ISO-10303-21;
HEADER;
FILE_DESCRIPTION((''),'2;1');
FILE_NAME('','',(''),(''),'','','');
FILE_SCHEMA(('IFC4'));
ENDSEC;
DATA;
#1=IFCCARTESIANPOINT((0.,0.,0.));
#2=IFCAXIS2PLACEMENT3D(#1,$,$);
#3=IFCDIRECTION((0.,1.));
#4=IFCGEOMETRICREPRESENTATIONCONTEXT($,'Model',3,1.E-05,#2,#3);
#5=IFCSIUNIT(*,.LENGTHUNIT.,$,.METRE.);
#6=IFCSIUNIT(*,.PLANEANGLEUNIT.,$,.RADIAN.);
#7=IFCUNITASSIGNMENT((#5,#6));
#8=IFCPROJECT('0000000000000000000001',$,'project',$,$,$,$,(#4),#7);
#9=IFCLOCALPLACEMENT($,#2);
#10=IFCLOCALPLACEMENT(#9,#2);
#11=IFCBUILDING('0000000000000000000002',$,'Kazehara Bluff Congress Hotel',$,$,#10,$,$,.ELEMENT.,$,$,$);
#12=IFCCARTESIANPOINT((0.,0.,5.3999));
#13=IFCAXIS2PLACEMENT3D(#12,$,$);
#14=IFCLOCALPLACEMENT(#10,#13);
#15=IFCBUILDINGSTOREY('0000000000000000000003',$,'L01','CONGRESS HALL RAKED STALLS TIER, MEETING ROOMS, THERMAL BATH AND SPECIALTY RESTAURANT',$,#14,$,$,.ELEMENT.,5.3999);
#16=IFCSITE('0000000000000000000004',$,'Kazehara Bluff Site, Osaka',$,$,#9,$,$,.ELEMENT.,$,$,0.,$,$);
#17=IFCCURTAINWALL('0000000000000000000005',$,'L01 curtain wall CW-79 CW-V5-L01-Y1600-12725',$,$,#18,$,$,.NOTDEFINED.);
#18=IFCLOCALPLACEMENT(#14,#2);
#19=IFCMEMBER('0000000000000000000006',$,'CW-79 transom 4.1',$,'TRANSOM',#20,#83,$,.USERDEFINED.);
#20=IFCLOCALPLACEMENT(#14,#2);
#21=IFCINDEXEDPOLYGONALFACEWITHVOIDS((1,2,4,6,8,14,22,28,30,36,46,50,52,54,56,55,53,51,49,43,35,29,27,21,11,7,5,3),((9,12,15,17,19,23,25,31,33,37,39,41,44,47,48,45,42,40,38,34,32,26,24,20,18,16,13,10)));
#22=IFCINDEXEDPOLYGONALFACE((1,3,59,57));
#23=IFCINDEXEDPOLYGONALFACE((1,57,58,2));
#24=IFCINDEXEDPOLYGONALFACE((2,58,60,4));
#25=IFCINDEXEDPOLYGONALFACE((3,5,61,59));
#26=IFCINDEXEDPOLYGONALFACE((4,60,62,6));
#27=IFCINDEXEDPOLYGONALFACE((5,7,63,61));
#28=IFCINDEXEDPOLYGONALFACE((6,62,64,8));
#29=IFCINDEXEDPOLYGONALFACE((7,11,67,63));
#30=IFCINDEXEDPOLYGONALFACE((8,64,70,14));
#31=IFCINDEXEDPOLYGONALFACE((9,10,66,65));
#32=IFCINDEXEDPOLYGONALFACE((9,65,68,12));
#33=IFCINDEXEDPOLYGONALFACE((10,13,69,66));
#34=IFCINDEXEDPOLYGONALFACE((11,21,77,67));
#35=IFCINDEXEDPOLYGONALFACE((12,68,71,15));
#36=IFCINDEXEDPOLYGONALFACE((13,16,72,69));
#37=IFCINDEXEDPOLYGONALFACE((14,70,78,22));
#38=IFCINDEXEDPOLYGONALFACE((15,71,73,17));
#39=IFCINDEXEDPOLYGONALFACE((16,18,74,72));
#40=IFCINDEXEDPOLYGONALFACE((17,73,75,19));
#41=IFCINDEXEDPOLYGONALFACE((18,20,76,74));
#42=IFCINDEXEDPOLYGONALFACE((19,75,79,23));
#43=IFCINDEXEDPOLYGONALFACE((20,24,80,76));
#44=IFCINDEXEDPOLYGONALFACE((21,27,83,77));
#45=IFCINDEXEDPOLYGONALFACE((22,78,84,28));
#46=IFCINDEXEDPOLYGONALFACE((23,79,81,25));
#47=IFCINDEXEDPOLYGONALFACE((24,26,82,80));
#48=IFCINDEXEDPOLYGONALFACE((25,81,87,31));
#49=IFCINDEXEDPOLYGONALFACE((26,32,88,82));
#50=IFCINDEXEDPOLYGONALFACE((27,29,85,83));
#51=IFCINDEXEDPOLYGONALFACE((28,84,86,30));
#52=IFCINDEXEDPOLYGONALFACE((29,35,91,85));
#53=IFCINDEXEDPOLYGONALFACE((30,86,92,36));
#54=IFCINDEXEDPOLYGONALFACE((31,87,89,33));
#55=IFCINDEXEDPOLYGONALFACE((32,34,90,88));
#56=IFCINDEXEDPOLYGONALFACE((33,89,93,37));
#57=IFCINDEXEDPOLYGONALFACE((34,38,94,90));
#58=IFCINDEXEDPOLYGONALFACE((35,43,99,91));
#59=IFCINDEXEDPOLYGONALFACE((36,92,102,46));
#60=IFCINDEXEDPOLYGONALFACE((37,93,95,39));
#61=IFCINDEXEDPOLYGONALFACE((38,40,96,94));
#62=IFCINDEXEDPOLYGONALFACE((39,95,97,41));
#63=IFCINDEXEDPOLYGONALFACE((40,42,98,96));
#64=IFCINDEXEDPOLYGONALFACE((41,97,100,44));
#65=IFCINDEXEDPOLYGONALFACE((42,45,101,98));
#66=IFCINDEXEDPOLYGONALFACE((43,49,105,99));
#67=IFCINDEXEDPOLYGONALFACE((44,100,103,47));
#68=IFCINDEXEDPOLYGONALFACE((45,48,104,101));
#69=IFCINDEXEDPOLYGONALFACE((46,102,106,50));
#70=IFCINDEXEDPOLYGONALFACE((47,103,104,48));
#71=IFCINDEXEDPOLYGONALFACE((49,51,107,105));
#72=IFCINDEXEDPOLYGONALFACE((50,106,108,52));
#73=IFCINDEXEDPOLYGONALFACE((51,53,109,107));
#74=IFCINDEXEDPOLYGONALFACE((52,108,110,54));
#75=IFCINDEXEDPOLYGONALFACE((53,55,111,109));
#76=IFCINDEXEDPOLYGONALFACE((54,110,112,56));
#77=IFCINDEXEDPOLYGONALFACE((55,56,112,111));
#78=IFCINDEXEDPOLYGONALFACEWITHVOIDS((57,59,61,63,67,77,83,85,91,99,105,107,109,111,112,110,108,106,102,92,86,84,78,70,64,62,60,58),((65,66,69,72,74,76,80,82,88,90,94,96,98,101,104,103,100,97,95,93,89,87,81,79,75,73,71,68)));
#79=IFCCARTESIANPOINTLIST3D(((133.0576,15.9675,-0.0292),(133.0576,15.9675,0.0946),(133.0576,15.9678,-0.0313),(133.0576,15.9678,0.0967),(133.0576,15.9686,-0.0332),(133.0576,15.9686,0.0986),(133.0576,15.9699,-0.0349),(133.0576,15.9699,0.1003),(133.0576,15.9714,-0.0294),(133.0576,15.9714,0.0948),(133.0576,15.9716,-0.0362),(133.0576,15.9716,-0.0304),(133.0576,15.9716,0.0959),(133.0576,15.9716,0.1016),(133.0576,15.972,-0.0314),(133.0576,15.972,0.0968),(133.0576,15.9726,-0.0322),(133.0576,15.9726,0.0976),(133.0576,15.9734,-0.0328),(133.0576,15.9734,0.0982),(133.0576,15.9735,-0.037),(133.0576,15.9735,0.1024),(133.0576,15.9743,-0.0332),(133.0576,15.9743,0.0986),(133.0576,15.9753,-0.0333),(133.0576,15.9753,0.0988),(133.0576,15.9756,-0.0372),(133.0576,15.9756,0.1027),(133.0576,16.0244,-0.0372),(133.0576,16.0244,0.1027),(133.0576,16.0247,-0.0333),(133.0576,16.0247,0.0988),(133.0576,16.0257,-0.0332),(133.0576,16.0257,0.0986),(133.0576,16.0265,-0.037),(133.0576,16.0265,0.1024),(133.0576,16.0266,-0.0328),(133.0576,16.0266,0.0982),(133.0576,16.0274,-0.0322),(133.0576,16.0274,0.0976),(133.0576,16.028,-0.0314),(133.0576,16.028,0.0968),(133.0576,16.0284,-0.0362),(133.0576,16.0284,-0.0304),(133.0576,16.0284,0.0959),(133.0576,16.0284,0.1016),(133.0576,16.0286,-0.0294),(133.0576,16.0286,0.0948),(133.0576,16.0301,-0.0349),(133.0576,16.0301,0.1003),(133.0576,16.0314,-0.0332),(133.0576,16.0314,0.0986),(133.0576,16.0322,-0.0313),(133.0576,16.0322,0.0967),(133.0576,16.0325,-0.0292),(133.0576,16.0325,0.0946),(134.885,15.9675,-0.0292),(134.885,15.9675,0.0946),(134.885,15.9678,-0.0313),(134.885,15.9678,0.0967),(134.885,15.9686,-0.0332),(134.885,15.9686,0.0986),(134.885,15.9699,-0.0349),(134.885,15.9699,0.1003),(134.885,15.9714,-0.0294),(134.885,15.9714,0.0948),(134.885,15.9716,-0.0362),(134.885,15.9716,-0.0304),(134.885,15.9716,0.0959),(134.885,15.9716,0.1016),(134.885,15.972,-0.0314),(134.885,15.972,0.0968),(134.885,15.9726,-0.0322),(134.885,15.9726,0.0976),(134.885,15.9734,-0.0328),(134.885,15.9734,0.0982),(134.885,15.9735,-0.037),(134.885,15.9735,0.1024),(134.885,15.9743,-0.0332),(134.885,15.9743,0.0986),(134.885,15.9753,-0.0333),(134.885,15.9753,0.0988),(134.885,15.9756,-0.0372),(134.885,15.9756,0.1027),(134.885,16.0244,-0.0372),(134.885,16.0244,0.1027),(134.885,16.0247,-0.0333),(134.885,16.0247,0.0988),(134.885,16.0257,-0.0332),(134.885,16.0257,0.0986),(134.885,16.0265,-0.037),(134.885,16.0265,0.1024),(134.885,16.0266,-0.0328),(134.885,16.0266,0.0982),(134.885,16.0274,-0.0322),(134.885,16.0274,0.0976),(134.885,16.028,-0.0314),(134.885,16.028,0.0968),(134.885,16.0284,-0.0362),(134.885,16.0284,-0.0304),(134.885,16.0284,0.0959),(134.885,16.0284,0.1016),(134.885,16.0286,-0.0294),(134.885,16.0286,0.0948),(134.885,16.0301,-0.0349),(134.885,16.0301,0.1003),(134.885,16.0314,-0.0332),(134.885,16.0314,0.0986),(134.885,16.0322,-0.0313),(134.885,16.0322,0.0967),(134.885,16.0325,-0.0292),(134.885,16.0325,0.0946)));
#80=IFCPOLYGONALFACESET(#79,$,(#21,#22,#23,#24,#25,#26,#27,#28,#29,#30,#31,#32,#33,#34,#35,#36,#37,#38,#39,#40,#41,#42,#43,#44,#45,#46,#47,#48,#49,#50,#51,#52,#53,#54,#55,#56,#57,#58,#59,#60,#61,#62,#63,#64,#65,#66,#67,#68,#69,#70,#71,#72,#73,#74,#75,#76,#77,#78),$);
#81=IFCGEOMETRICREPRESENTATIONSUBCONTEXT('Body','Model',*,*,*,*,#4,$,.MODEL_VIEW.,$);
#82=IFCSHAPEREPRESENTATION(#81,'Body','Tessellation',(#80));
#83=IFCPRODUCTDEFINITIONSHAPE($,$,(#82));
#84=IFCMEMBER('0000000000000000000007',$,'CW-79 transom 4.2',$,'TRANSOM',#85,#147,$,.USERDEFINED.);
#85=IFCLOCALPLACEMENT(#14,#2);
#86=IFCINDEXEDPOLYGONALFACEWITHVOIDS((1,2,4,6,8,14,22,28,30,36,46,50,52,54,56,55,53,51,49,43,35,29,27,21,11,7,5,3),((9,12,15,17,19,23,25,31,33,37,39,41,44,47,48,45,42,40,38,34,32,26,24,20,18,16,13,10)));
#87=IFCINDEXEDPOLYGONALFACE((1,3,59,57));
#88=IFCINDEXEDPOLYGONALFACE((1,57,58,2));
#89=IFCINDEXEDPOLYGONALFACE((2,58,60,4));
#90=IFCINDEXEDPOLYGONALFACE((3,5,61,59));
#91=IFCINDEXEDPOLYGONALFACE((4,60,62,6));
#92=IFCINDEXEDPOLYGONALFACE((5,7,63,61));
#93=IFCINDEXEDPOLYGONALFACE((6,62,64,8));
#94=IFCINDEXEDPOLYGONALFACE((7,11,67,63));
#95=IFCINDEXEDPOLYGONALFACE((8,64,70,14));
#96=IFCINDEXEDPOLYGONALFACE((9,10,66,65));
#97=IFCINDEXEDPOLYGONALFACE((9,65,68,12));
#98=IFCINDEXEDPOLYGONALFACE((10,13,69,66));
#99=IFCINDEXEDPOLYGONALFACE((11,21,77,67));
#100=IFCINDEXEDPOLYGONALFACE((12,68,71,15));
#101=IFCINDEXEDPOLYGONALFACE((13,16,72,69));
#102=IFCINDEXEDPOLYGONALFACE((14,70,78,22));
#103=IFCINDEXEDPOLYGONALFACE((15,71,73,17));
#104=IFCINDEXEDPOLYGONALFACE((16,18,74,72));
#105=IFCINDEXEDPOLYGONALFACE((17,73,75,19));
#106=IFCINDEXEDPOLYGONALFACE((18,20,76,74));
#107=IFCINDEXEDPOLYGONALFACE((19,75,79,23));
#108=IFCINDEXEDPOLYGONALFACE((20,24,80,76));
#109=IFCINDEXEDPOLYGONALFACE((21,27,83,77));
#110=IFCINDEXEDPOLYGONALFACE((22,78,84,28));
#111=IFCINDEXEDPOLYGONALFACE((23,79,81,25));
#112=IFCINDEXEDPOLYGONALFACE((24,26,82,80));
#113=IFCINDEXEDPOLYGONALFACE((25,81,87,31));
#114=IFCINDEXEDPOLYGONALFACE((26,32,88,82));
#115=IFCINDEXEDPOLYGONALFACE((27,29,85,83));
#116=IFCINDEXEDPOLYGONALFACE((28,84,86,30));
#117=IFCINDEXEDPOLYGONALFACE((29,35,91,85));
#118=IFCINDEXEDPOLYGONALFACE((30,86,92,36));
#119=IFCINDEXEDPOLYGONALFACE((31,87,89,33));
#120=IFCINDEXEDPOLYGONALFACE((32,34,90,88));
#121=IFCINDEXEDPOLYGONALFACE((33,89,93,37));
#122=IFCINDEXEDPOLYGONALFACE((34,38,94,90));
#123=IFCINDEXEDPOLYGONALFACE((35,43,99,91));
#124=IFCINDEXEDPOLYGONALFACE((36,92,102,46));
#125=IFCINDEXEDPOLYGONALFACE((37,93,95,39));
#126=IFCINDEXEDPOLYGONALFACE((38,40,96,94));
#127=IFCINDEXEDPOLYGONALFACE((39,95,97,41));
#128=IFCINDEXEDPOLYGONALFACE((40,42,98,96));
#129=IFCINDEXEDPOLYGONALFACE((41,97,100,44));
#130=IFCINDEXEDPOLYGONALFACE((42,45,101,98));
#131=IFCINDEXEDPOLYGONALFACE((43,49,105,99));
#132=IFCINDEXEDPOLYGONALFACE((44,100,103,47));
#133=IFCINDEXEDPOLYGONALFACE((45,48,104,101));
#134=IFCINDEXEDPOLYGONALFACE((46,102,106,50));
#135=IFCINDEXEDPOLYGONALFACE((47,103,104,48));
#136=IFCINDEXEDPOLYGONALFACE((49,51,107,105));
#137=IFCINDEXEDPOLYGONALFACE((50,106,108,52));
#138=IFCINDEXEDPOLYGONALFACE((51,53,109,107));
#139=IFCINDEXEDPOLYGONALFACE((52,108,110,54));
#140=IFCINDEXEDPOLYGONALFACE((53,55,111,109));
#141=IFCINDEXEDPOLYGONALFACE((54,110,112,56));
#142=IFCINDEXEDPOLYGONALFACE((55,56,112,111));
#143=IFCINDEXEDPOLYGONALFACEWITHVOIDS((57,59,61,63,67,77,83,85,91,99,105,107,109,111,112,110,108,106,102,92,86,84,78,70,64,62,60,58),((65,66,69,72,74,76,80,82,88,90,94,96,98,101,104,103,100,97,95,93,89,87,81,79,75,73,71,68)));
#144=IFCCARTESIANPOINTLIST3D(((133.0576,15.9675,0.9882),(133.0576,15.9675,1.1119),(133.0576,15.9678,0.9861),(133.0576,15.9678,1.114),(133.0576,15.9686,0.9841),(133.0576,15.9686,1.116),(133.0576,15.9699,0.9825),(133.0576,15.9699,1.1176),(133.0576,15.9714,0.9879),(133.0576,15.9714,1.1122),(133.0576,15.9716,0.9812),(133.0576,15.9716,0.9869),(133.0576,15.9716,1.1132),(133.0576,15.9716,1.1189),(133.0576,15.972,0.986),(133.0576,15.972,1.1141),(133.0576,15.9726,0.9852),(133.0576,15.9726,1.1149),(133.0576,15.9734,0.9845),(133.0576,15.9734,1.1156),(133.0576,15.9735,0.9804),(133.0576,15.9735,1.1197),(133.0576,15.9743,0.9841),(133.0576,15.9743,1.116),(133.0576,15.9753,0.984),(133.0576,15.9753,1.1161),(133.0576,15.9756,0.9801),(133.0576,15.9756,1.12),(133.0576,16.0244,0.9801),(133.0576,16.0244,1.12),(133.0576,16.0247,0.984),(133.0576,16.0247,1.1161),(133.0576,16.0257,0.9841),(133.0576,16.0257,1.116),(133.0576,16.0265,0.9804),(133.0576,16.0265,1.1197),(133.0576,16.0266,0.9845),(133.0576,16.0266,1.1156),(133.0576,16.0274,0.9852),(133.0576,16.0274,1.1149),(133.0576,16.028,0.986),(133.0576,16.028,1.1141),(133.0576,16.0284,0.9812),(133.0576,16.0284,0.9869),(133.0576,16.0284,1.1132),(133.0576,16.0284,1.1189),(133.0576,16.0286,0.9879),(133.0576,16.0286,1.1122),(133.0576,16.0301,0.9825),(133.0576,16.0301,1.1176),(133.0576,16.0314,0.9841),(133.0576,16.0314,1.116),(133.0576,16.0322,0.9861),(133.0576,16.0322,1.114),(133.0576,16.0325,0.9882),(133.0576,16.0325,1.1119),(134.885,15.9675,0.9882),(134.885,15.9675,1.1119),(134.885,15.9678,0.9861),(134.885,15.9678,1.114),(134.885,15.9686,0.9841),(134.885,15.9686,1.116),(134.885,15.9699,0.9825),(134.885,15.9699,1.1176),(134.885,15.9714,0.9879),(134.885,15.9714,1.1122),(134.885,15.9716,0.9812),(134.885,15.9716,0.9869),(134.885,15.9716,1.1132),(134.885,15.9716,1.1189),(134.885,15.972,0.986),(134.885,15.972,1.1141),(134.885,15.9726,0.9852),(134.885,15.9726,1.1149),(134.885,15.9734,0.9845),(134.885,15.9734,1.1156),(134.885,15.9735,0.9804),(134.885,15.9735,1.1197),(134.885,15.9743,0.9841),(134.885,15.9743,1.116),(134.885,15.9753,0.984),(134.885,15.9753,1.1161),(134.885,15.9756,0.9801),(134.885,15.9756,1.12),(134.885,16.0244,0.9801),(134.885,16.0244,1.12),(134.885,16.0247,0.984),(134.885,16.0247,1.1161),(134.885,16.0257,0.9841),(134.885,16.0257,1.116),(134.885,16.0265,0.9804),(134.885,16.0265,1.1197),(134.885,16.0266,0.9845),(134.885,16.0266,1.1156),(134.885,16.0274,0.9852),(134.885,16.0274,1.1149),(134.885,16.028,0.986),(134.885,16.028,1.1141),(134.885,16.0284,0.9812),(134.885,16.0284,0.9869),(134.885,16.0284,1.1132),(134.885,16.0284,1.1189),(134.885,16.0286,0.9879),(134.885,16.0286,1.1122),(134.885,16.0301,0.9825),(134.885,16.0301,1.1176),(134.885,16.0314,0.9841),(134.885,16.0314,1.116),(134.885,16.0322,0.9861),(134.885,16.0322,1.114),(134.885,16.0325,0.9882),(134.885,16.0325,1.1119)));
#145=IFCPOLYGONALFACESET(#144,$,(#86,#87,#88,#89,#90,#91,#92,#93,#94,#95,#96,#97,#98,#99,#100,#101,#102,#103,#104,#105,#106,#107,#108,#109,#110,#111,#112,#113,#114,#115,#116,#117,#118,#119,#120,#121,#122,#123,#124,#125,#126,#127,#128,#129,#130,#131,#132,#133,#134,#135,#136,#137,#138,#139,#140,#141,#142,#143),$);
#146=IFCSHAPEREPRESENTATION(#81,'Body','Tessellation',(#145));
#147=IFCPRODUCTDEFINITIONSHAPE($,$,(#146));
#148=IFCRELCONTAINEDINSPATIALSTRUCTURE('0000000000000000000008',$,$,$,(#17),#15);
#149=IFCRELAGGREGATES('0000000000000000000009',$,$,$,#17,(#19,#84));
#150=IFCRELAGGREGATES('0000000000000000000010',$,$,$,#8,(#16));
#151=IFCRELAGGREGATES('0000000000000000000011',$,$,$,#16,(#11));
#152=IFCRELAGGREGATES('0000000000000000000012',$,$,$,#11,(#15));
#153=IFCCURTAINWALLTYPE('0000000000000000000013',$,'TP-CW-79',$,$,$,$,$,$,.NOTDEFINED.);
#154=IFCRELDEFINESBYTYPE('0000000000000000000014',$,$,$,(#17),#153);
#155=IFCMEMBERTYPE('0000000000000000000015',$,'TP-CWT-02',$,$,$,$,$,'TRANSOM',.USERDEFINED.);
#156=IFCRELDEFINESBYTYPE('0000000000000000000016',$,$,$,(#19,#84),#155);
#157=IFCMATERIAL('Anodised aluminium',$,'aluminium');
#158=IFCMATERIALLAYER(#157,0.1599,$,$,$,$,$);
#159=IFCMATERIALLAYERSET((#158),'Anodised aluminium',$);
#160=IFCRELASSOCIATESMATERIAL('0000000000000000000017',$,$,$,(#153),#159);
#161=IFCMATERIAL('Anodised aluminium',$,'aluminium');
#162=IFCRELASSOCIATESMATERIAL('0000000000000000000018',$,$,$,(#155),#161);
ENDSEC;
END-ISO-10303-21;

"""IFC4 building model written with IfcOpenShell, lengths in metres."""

from ifc_helpers import new_model, si_unit, direction, frame, origin, origin_2d, place, context, subcontext, project, spatial, hollow_rectangle, extrude, material, layer, layer_set, material_profile, profile_set, type_object, element, aggregate, save


model = new_model("IFC4")

# Units and contexts
model_context = context("Model", 3, precision=1e-05, world=origin(), true_north=direction((0.0, 1.0)))
body_context = subcontext(model_context, "Body", "Model", "MODEL_VIEW")
ifc_project = project(units=[si_unit("LENGTHUNIT", "METRE"), si_unit("PLANEANGLEUNIT", "RADIAN")], contexts=[model_context])

# Site, building, storey
site_placement = place(None, origin())
site = spatial("IfcSite", under=ifc_project, at=site_placement, Name="Kazehara Bluff Site, Osaka", CompositionType="ELEMENT", RefElevation=0.0)
building_placement = place(site_placement, origin())
building = spatial("IfcBuilding", under=site, at=building_placement, Name="Kazehara Bluff Congress Hotel", CompositionType="ELEMENT")
storey_placement = place(building_placement, frame((0.0, 0.0, 5.3999)))
storey = spatial("IfcBuildingStorey", under=building, at=storey_placement, Name="L01", Description="CONGRESS HALL RAKED STALLS TIER, MEETING ROOMS, THERMAL BATH AND SPECIALTY RESTAURANT", CompositionType="ELEMENT", Elevation=5.3999)

# Curtain wall
ifc_material_1 = material(Name="Anodised aluminium", Category="aluminium")
ifc_layer_1 = layer(ifc_material_1, 0.1599)
ifc_layer_set_1 = layer_set([ifc_layer_1], Name="Anodised aluminium")
curtain_wall_type_1 = type_object("IfcCurtainWallType", Name="TP-CW-79", PredefinedType="NOTDEFINED", material=ifc_layer_set_1)
curtain_wall_1_placement = place(storey_placement, origin())
curtain_wall_1 = element("IfcCurtainWall", 1, at=curtain_wall_1_placement, inside=storey, type_object=curtain_wall_type_1, Name="L01 curtain wall CW-79 CW-V5-L01-Y1600-12725", PredefinedType="NOTDEFINED")

# Members
ifc_material_2 = material(Name="Anodised aluminium", Category="aluminium")
ifc_material_profile_1 = material_profile(ifc_material_2, hollow_rectangle(XDim=0.0649, YDim=0.1399, WallThickness=0.0039, InnerFilletRadius=0.0039, OuterFilletRadius=0.0081, at=origin_2d()))
ifc_profile_set_1 = profile_set([ifc_material_profile_1], Name="Anodised aluminium")
member_type_1 = type_object("IfcMemberType", Name="TP-CWT-02", ElementType="TRANSOM", PredefinedType="USERDEFINED", material=ifc_profile_set_1)
member_1_placement = place(storey_placement, frame((133.0576, 16.0, 0.0327), z_axis=(1.0, 0.0, 0.0), x_axis=(0.0, 1.0, 0.0)))
member_1 = element("IfcMember", 2, at=member_1_placement, type_object=member_type_1, Name="CW-79 transom 4.1", ObjectType="TRANSOM", PredefinedType="USERDEFINED", context=body_context, shape_type="SweptSolid", body=[
    extrude(hollow_rectangle(XDim=0.0649, YDim=0.1399, WallThickness=0.0039, InnerFilletRadius=0.0039, OuterFilletRadius=0.0081, at=origin_2d()), origin(), (0.0, 0.0, 1.0), 1.8274),
])
member_2_placement = place(storey_placement, frame((133.0576, 16.0, 1.05), z_axis=(1.0, 0.0, 0.0), x_axis=(0.0, 1.0, 0.0)))
member_2 = element("IfcMember", 3, at=member_2_placement, type_object=member_type_1, Name="CW-79 transom 4.2", ObjectType="TRANSOM", PredefinedType="USERDEFINED", context=body_context, shape_type="SweptSolid", body=[
    extrude(hollow_rectangle(XDim=0.0649, YDim=0.1399, WallThickness=0.0039, InnerFilletRadius=0.0039, OuterFilletRadius=0.0081, at=origin_2d()), origin(), (0.0, 0.0, 1.0), 1.8274),
])

aggregate(curtain_wall_1, [member_1, member_2])

save(model, "model.ifc")
